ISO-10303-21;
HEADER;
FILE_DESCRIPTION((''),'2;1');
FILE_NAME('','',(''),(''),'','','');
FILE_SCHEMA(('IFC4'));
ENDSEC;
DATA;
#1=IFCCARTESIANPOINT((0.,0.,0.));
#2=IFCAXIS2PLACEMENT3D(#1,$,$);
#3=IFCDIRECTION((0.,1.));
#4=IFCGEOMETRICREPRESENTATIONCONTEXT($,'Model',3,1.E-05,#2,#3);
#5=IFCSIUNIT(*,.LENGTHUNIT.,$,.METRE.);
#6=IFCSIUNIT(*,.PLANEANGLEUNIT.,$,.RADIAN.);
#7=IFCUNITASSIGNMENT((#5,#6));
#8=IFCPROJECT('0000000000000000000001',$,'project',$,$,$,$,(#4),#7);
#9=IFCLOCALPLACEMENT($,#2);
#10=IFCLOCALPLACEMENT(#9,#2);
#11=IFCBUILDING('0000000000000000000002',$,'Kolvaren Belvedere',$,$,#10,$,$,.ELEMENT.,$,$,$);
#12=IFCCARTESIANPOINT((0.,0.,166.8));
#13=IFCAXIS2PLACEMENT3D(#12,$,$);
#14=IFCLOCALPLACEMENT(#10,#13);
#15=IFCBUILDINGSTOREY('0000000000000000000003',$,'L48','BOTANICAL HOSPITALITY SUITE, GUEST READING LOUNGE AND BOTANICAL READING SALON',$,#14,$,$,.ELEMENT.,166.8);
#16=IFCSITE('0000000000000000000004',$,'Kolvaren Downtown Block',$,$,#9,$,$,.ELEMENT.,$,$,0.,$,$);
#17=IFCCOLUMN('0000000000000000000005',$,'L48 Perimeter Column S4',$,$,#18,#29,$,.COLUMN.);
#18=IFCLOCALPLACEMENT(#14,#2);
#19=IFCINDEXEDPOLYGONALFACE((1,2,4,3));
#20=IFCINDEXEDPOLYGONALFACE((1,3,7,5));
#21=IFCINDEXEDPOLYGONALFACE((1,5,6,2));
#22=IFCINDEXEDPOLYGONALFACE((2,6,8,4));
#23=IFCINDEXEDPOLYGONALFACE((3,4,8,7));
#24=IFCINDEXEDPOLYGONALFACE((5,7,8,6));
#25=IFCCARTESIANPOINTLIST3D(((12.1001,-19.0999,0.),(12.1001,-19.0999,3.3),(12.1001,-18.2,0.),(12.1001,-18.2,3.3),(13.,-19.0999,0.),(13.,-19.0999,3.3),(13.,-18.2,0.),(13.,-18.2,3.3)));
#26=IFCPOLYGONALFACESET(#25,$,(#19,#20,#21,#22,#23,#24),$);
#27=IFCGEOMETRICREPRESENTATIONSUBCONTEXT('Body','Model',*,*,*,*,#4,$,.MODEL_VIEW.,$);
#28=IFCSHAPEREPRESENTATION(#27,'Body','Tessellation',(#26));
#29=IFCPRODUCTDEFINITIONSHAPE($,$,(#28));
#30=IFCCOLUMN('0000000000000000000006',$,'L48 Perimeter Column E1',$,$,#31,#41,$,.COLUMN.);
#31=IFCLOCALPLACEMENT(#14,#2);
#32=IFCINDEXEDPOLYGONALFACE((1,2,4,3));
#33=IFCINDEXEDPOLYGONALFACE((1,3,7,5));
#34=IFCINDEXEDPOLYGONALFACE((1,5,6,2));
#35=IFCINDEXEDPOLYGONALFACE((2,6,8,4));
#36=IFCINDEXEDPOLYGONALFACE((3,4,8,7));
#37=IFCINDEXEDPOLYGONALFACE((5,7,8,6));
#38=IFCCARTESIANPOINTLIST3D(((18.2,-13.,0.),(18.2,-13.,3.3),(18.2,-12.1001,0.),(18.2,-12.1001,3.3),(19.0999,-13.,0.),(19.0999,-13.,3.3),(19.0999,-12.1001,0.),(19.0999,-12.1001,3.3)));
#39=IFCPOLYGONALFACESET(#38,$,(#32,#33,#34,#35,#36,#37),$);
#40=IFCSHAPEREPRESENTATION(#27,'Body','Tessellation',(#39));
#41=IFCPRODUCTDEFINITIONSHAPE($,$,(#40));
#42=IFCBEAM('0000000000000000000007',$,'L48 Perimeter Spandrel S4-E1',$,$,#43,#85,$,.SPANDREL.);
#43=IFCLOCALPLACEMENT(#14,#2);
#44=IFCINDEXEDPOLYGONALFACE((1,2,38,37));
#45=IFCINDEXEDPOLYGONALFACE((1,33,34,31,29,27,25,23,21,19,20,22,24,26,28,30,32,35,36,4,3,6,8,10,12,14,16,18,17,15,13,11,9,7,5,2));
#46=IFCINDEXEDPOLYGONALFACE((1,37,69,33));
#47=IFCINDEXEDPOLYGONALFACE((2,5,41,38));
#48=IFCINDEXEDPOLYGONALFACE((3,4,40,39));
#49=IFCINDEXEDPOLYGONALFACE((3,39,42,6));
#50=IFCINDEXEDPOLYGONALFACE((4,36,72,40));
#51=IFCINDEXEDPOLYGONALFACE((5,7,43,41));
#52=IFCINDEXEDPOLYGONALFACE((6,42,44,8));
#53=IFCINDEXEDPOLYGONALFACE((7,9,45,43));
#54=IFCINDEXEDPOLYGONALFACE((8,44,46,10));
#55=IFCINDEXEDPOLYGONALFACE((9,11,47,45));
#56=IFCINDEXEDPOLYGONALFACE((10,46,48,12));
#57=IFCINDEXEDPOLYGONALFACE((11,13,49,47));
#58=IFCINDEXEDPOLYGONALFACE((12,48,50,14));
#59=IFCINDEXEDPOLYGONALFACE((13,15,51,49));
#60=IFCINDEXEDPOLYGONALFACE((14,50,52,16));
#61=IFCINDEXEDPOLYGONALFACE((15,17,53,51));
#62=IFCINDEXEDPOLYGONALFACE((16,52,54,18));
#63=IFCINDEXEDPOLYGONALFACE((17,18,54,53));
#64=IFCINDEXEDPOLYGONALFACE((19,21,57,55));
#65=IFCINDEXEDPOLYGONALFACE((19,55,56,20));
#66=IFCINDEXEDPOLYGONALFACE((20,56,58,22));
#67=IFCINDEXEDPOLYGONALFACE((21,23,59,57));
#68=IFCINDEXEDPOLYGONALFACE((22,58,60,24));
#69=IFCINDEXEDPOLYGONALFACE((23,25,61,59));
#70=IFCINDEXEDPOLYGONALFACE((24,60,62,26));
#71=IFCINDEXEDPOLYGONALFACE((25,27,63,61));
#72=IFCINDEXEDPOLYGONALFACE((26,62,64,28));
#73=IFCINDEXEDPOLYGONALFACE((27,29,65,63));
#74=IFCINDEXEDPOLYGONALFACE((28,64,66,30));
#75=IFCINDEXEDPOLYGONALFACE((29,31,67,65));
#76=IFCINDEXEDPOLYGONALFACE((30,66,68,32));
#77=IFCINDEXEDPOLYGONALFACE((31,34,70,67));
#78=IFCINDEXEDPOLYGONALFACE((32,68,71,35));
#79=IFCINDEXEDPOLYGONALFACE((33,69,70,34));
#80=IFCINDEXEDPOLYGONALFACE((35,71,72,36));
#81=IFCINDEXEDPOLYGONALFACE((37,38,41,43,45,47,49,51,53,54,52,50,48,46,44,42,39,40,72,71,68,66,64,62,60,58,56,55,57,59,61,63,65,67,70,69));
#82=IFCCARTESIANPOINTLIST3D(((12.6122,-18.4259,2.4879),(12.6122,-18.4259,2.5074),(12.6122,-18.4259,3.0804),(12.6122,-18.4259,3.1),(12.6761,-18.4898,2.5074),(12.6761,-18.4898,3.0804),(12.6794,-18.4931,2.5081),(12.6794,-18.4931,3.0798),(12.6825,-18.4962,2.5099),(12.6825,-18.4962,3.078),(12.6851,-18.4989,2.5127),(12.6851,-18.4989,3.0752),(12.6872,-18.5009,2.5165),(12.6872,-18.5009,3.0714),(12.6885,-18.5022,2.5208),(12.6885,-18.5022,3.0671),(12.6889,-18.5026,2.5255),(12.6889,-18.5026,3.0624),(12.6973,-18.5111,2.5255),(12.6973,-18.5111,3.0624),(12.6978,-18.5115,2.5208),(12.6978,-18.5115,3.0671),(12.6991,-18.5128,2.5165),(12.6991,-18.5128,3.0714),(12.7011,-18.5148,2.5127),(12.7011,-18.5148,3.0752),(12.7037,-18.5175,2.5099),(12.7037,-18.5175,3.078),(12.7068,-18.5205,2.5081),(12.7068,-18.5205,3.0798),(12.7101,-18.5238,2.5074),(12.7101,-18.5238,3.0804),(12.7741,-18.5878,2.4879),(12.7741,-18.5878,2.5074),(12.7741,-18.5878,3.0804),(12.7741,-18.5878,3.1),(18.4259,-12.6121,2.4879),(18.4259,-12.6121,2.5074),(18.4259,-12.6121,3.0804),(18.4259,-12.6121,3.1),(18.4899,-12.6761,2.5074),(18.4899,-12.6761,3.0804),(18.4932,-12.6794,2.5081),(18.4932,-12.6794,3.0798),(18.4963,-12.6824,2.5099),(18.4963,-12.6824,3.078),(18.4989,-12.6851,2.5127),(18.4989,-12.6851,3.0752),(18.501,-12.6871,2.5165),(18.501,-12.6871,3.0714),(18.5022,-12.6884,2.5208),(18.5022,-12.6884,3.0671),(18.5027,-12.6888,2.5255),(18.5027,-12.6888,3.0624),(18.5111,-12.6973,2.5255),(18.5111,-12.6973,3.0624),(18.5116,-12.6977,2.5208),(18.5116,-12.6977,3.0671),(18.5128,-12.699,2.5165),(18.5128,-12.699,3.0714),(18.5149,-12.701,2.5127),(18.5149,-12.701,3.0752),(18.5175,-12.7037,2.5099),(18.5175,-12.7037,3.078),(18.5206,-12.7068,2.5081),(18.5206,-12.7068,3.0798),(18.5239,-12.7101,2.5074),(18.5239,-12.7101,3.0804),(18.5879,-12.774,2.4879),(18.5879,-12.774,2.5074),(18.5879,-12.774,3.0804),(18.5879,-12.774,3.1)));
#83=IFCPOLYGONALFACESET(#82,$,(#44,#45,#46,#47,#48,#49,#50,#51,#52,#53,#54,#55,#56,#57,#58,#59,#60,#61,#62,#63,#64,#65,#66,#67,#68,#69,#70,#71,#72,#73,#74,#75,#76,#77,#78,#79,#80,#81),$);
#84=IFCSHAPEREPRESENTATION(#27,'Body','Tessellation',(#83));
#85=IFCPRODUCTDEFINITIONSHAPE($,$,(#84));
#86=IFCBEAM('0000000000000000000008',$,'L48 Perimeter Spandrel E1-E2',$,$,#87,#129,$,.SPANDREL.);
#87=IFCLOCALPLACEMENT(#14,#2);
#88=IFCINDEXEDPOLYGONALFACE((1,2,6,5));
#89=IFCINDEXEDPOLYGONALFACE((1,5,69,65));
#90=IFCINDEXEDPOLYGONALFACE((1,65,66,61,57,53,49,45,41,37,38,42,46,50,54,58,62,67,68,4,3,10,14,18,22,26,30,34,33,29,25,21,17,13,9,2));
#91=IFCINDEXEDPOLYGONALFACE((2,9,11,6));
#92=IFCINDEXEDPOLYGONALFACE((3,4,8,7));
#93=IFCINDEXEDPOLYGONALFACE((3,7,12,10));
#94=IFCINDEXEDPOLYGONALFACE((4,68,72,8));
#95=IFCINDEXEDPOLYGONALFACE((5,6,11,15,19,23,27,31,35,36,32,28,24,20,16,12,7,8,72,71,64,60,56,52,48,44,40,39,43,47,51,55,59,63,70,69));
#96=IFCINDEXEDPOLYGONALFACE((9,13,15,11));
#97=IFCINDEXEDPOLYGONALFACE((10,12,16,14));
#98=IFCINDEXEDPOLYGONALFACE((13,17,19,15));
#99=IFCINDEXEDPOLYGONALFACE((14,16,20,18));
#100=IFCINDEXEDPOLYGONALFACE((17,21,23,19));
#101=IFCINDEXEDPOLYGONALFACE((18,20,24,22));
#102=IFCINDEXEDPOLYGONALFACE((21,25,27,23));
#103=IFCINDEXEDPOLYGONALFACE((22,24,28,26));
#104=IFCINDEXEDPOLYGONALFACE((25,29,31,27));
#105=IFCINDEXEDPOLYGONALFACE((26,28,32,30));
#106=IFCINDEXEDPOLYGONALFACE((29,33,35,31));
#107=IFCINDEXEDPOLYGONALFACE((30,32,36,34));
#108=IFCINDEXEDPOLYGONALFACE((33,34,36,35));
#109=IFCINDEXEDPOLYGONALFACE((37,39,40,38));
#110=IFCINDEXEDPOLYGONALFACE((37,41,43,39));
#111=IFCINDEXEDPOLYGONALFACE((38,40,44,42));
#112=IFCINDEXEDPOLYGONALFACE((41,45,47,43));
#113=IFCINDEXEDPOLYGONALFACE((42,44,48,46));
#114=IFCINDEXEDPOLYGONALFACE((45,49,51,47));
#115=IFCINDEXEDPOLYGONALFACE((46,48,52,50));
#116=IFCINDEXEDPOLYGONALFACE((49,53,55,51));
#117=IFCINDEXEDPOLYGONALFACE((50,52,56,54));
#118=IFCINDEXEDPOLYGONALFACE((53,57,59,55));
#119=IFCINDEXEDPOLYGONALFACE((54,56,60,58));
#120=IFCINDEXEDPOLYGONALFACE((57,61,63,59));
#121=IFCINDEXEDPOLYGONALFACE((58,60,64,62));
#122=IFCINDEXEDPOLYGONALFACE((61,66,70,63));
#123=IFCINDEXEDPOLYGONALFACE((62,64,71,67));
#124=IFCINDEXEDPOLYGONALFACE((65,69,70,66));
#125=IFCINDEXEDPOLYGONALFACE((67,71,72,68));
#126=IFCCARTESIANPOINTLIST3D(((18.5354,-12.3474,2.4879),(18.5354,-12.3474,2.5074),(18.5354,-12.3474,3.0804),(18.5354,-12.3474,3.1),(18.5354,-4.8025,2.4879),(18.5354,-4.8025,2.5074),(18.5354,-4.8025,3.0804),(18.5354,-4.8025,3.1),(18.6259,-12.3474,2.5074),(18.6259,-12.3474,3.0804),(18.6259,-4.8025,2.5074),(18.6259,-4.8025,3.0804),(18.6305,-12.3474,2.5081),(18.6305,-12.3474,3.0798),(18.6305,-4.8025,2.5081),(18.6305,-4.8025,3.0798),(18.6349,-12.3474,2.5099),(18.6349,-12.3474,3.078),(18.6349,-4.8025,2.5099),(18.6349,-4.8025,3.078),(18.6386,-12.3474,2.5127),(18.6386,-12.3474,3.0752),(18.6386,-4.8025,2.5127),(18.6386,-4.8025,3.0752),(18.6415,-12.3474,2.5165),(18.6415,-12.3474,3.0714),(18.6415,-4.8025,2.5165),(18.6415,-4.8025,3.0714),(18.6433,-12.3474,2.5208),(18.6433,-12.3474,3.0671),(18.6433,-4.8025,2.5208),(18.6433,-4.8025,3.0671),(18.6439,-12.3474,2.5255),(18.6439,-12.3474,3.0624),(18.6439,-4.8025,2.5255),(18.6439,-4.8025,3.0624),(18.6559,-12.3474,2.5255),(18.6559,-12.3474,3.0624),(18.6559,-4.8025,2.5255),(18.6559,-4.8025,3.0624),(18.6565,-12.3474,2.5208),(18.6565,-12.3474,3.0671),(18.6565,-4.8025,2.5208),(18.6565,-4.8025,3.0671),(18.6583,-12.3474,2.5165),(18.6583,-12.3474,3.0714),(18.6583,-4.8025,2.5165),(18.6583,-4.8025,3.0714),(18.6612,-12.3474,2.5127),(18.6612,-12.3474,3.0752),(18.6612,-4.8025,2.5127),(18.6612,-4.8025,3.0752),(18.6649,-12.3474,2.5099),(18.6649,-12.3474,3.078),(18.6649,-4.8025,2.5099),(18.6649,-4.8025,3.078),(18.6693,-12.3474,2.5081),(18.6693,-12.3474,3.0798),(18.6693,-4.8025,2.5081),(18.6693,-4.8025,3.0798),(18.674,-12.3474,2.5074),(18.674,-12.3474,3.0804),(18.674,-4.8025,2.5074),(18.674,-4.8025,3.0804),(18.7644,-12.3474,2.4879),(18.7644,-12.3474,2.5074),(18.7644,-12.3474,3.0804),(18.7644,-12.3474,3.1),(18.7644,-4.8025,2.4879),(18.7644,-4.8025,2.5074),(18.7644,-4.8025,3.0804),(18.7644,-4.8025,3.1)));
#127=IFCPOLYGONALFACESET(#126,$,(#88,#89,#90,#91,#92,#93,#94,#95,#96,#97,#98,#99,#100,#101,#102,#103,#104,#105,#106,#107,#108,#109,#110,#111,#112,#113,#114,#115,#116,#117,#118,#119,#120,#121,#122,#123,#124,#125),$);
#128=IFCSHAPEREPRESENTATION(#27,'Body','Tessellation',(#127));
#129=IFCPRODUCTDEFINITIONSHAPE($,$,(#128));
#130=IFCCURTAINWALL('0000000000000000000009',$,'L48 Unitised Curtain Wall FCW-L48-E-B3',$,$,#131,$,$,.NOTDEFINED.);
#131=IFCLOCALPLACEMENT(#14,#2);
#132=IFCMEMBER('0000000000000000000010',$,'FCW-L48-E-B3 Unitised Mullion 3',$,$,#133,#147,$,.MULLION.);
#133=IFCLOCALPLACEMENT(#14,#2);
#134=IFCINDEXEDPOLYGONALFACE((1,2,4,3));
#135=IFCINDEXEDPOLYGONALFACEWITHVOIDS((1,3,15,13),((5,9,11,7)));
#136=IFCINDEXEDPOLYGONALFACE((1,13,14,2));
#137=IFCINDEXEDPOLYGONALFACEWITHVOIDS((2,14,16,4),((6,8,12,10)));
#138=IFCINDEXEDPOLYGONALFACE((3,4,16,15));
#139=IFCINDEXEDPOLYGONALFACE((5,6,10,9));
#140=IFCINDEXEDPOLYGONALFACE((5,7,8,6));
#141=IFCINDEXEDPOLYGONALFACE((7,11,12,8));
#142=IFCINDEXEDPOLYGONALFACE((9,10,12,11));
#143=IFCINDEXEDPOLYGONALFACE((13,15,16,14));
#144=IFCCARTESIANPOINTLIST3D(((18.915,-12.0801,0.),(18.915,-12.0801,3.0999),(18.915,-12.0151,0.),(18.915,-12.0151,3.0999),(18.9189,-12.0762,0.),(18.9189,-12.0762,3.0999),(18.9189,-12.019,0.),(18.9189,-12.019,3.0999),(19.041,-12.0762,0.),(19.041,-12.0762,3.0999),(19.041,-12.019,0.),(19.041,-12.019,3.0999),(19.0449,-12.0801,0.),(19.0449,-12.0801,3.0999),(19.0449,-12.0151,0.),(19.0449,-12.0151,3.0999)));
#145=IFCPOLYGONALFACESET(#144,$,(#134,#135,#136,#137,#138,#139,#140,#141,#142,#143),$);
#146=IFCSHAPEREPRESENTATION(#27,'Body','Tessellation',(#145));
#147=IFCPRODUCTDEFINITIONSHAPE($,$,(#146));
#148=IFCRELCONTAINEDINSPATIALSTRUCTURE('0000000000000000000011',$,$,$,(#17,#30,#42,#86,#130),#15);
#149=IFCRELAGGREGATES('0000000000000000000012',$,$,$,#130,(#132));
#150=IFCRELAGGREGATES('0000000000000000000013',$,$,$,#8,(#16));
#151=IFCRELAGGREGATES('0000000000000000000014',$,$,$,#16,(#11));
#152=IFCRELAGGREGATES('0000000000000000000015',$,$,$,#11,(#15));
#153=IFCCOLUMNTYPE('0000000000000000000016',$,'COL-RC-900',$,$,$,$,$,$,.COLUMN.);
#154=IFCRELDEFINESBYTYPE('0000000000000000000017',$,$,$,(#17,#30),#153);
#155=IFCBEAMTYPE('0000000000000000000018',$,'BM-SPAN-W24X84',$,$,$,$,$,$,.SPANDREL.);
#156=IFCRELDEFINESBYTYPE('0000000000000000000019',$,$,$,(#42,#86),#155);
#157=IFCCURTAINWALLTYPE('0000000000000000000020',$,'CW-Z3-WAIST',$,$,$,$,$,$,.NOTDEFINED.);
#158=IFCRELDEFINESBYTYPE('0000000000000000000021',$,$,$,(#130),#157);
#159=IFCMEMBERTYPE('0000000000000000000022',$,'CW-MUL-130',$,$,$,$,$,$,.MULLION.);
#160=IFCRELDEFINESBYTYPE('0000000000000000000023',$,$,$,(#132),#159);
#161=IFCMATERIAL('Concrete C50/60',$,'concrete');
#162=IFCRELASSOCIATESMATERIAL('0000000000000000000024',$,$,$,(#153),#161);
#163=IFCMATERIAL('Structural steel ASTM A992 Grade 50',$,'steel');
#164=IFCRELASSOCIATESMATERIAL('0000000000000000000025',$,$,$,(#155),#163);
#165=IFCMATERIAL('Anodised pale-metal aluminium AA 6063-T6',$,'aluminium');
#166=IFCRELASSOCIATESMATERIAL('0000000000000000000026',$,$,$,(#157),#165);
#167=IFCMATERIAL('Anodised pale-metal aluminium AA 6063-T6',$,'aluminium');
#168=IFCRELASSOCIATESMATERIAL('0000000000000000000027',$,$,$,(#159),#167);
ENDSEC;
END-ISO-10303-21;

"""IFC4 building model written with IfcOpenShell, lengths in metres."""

from ifc_helpers import new_model, si_unit, direction, frame, origin, origin_2d, place, context, subcontext, project, spatial, rectangle, hollow_rectangle, i_section, extrude, material, material_profile, profile_set, type_object, element, aggregate, save


model = new_model("IFC4")

# Units and contexts
model_context = context("Model", 3, precision=1e-05, world=origin(), true_north=direction((0.0, 1.0)))
body_context = subcontext(model_context, "Body", "Model", "MODEL_VIEW")
ifc_project = project(units=[si_unit("LENGTHUNIT", "METRE"), si_unit("PLANEANGLEUNIT", "RADIAN")], contexts=[model_context])

# Site, building, storey
site_placement = place(None, origin())
site = spatial("IfcSite", under=ifc_project, at=site_placement, Name="Kolvaren Downtown Block", CompositionType="ELEMENT", RefElevation=0.0)
building_placement = place(site_placement, origin())
building = spatial("IfcBuilding", under=site, at=building_placement, Name="Kolvaren Belvedere", CompositionType="ELEMENT")
storey_placement = place(building_placement, frame((0.0, 0.0, 166.8)))
storey = spatial("IfcBuildingStorey", under=building, at=storey_placement, Name="L48", Description="BOTANICAL HOSPITALITY SUITE, GUEST READING LOUNGE AND BOTANICAL READING SALON", CompositionType="ELEMENT", Elevation=166.8)

# Columns
ifc_material_1 = material(Name="Concrete C50/60", Category="concrete")
ifc_material_profile_1 = material_profile(ifc_material_1, rectangle(XDim=0.8999, YDim=0.8999, at=origin_2d()), Name="RC 900X900")
ifc_profile_set_1 = profile_set([ifc_material_profile_1], Name="Concrete C50/60")
column_type = type_object("IfcColumnType", Name="COL-RC-900", PredefinedType="COLUMN", material=ifc_profile_set_1)
for number, where, z_axis, x_axis, name in (
    (1, (12.55, -18.6499, 0.0), (0.0, 0.0, 1.0), (1.0, 0.0, 0.0), "L48 Perimeter Column S4"),
    (2, (18.6499, -12.55, 0.0), (0.0, 0.0, 1.0), (1.0, 0.0, 0.0), "L48 Perimeter Column E1"),
):
    element("IfcColumn", number, at=place(storey_placement, frame(where, z_axis=z_axis, x_axis=x_axis)), inside=storey, type_object=column_type, Name=name, PredefinedType="COLUMN", context=body_context, shape_type="SweptSolid", body=[
        extrude(rectangle(XDim=0.8999, YDim=0.8999, at=origin_2d()), origin(), (0.0, 0.0, 1.0), 3.3),
    ])

# Beams
ifc_material_2 = material(Name="Structural steel ASTM A992 Grade 50", Category="steel")
ifc_material_profile_2 = material_profile(ifc_material_2, i_section(OverallWidth=0.229, OverallDepth=0.6121, WebThickness=0.012, FlangeThickness=0.0195, FilletRadius=0.0181, at=origin_2d()), Name="W24X84")
ifc_profile_set_2 = profile_set([ifc_material_profile_2], Name="Structural steel ASTM A992 Grade 50")
beam_type = type_object("IfcBeamType", Name="BM-SPAN-W24X84", PredefinedType="SPANDREL", material=ifc_profile_set_2)
beam_1_placement = place(storey_placement, frame((12.6931, -18.5068, 2.7939), z_axis=(0.707107, 0.707107, 0.0), x_axis=(-0.707107, 0.707107, 0.0)))
element("IfcBeam", 3, at=beam_1_placement, inside=storey, type_object=beam_type, Name="L48 Perimeter Spandrel S4-E1", PredefinedType="SPANDREL", context=body_context, shape_type="SweptSolid", body=[
    extrude(i_section(OverallWidth=0.229, OverallDepth=0.6121, WebThickness=0.012, FlangeThickness=0.0195, FilletRadius=0.0181, at=origin_2d()), origin(), (0.0, 0.0, 1.0), 8.2219),
])
beam_2_placement = place(storey_placement, frame((18.6499, -12.3474, 2.7939), z_axis=(0.0, 1.0, 0.0), x_axis=(-1.0, 0.0, 0.0)))
element("IfcBeam", 4, at=beam_2_placement, inside=storey, type_object=beam_type, Name="L48 Perimeter Spandrel E1-E2", PredefinedType="SPANDREL", context=body_context, shape_type="SweptSolid", body=[
    extrude(i_section(OverallWidth=0.229, OverallDepth=0.6121, WebThickness=0.012, FlangeThickness=0.0195, FilletRadius=0.0181, at=origin_2d()), origin(), (0.0, 0.0, 1.0), 7.5449),
])

# Curtain wall, member
ifc_material_3 = material(Name="Anodised pale-metal aluminium AA 6063-T6", Category="aluminium")
curtain_wall_type = type_object("IfcCurtainWallType", Name="CW-Z3-WAIST", PredefinedType="NOTDEFINED", material=ifc_material_3)
curtain_wall_placement = place(storey_placement, origin())
curtain_wall = element("IfcCurtainWall", 5, at=curtain_wall_placement, inside=storey, type_object=curtain_wall_type, Name="L48 Unitised Curtain Wall FCW-L48-E-B3", PredefinedType="NOTDEFINED")
ifc_material_4 = material(Name="Anodised pale-metal aluminium AA 6063-T6", Category="aluminium")
ifc_material_profile_3 = material_profile(ifc_material_4, hollow_rectangle(XDim=0.0649, YDim=0.1299, WallThickness=0.0039, at=origin_2d()), Name="ALU-MUL-130X65")
ifc_profile_set_3 = profile_set([ifc_material_profile_3], Name="Anodised pale-metal aluminium AA 6063-T6")
member_type = type_object("IfcMemberType", Name="CW-MUL-130", PredefinedType="MULLION", material=ifc_profile_set_3)
member_placement = place(storey_placement, frame((18.98, -12.0476, 0.0), z_axis=(0.0, 0.0, 1.0), x_axis=(0.0, 1.0, 0.0)))
member = element("IfcMember", 6, at=member_placement, type_object=member_type, Name="FCW-L48-E-B3 Unitised Mullion 3", PredefinedType="MULLION", context=body_context, shape_type="SweptSolid", body=[
    extrude(hollow_rectangle(XDim=0.0649, YDim=0.1299, WallThickness=0.0039, at=origin_2d()), origin(), (0.0, 0.0, 1.0), 3.0999),
])
aggregate(curtain_wall, [member])

save(model, "model.ifc")
